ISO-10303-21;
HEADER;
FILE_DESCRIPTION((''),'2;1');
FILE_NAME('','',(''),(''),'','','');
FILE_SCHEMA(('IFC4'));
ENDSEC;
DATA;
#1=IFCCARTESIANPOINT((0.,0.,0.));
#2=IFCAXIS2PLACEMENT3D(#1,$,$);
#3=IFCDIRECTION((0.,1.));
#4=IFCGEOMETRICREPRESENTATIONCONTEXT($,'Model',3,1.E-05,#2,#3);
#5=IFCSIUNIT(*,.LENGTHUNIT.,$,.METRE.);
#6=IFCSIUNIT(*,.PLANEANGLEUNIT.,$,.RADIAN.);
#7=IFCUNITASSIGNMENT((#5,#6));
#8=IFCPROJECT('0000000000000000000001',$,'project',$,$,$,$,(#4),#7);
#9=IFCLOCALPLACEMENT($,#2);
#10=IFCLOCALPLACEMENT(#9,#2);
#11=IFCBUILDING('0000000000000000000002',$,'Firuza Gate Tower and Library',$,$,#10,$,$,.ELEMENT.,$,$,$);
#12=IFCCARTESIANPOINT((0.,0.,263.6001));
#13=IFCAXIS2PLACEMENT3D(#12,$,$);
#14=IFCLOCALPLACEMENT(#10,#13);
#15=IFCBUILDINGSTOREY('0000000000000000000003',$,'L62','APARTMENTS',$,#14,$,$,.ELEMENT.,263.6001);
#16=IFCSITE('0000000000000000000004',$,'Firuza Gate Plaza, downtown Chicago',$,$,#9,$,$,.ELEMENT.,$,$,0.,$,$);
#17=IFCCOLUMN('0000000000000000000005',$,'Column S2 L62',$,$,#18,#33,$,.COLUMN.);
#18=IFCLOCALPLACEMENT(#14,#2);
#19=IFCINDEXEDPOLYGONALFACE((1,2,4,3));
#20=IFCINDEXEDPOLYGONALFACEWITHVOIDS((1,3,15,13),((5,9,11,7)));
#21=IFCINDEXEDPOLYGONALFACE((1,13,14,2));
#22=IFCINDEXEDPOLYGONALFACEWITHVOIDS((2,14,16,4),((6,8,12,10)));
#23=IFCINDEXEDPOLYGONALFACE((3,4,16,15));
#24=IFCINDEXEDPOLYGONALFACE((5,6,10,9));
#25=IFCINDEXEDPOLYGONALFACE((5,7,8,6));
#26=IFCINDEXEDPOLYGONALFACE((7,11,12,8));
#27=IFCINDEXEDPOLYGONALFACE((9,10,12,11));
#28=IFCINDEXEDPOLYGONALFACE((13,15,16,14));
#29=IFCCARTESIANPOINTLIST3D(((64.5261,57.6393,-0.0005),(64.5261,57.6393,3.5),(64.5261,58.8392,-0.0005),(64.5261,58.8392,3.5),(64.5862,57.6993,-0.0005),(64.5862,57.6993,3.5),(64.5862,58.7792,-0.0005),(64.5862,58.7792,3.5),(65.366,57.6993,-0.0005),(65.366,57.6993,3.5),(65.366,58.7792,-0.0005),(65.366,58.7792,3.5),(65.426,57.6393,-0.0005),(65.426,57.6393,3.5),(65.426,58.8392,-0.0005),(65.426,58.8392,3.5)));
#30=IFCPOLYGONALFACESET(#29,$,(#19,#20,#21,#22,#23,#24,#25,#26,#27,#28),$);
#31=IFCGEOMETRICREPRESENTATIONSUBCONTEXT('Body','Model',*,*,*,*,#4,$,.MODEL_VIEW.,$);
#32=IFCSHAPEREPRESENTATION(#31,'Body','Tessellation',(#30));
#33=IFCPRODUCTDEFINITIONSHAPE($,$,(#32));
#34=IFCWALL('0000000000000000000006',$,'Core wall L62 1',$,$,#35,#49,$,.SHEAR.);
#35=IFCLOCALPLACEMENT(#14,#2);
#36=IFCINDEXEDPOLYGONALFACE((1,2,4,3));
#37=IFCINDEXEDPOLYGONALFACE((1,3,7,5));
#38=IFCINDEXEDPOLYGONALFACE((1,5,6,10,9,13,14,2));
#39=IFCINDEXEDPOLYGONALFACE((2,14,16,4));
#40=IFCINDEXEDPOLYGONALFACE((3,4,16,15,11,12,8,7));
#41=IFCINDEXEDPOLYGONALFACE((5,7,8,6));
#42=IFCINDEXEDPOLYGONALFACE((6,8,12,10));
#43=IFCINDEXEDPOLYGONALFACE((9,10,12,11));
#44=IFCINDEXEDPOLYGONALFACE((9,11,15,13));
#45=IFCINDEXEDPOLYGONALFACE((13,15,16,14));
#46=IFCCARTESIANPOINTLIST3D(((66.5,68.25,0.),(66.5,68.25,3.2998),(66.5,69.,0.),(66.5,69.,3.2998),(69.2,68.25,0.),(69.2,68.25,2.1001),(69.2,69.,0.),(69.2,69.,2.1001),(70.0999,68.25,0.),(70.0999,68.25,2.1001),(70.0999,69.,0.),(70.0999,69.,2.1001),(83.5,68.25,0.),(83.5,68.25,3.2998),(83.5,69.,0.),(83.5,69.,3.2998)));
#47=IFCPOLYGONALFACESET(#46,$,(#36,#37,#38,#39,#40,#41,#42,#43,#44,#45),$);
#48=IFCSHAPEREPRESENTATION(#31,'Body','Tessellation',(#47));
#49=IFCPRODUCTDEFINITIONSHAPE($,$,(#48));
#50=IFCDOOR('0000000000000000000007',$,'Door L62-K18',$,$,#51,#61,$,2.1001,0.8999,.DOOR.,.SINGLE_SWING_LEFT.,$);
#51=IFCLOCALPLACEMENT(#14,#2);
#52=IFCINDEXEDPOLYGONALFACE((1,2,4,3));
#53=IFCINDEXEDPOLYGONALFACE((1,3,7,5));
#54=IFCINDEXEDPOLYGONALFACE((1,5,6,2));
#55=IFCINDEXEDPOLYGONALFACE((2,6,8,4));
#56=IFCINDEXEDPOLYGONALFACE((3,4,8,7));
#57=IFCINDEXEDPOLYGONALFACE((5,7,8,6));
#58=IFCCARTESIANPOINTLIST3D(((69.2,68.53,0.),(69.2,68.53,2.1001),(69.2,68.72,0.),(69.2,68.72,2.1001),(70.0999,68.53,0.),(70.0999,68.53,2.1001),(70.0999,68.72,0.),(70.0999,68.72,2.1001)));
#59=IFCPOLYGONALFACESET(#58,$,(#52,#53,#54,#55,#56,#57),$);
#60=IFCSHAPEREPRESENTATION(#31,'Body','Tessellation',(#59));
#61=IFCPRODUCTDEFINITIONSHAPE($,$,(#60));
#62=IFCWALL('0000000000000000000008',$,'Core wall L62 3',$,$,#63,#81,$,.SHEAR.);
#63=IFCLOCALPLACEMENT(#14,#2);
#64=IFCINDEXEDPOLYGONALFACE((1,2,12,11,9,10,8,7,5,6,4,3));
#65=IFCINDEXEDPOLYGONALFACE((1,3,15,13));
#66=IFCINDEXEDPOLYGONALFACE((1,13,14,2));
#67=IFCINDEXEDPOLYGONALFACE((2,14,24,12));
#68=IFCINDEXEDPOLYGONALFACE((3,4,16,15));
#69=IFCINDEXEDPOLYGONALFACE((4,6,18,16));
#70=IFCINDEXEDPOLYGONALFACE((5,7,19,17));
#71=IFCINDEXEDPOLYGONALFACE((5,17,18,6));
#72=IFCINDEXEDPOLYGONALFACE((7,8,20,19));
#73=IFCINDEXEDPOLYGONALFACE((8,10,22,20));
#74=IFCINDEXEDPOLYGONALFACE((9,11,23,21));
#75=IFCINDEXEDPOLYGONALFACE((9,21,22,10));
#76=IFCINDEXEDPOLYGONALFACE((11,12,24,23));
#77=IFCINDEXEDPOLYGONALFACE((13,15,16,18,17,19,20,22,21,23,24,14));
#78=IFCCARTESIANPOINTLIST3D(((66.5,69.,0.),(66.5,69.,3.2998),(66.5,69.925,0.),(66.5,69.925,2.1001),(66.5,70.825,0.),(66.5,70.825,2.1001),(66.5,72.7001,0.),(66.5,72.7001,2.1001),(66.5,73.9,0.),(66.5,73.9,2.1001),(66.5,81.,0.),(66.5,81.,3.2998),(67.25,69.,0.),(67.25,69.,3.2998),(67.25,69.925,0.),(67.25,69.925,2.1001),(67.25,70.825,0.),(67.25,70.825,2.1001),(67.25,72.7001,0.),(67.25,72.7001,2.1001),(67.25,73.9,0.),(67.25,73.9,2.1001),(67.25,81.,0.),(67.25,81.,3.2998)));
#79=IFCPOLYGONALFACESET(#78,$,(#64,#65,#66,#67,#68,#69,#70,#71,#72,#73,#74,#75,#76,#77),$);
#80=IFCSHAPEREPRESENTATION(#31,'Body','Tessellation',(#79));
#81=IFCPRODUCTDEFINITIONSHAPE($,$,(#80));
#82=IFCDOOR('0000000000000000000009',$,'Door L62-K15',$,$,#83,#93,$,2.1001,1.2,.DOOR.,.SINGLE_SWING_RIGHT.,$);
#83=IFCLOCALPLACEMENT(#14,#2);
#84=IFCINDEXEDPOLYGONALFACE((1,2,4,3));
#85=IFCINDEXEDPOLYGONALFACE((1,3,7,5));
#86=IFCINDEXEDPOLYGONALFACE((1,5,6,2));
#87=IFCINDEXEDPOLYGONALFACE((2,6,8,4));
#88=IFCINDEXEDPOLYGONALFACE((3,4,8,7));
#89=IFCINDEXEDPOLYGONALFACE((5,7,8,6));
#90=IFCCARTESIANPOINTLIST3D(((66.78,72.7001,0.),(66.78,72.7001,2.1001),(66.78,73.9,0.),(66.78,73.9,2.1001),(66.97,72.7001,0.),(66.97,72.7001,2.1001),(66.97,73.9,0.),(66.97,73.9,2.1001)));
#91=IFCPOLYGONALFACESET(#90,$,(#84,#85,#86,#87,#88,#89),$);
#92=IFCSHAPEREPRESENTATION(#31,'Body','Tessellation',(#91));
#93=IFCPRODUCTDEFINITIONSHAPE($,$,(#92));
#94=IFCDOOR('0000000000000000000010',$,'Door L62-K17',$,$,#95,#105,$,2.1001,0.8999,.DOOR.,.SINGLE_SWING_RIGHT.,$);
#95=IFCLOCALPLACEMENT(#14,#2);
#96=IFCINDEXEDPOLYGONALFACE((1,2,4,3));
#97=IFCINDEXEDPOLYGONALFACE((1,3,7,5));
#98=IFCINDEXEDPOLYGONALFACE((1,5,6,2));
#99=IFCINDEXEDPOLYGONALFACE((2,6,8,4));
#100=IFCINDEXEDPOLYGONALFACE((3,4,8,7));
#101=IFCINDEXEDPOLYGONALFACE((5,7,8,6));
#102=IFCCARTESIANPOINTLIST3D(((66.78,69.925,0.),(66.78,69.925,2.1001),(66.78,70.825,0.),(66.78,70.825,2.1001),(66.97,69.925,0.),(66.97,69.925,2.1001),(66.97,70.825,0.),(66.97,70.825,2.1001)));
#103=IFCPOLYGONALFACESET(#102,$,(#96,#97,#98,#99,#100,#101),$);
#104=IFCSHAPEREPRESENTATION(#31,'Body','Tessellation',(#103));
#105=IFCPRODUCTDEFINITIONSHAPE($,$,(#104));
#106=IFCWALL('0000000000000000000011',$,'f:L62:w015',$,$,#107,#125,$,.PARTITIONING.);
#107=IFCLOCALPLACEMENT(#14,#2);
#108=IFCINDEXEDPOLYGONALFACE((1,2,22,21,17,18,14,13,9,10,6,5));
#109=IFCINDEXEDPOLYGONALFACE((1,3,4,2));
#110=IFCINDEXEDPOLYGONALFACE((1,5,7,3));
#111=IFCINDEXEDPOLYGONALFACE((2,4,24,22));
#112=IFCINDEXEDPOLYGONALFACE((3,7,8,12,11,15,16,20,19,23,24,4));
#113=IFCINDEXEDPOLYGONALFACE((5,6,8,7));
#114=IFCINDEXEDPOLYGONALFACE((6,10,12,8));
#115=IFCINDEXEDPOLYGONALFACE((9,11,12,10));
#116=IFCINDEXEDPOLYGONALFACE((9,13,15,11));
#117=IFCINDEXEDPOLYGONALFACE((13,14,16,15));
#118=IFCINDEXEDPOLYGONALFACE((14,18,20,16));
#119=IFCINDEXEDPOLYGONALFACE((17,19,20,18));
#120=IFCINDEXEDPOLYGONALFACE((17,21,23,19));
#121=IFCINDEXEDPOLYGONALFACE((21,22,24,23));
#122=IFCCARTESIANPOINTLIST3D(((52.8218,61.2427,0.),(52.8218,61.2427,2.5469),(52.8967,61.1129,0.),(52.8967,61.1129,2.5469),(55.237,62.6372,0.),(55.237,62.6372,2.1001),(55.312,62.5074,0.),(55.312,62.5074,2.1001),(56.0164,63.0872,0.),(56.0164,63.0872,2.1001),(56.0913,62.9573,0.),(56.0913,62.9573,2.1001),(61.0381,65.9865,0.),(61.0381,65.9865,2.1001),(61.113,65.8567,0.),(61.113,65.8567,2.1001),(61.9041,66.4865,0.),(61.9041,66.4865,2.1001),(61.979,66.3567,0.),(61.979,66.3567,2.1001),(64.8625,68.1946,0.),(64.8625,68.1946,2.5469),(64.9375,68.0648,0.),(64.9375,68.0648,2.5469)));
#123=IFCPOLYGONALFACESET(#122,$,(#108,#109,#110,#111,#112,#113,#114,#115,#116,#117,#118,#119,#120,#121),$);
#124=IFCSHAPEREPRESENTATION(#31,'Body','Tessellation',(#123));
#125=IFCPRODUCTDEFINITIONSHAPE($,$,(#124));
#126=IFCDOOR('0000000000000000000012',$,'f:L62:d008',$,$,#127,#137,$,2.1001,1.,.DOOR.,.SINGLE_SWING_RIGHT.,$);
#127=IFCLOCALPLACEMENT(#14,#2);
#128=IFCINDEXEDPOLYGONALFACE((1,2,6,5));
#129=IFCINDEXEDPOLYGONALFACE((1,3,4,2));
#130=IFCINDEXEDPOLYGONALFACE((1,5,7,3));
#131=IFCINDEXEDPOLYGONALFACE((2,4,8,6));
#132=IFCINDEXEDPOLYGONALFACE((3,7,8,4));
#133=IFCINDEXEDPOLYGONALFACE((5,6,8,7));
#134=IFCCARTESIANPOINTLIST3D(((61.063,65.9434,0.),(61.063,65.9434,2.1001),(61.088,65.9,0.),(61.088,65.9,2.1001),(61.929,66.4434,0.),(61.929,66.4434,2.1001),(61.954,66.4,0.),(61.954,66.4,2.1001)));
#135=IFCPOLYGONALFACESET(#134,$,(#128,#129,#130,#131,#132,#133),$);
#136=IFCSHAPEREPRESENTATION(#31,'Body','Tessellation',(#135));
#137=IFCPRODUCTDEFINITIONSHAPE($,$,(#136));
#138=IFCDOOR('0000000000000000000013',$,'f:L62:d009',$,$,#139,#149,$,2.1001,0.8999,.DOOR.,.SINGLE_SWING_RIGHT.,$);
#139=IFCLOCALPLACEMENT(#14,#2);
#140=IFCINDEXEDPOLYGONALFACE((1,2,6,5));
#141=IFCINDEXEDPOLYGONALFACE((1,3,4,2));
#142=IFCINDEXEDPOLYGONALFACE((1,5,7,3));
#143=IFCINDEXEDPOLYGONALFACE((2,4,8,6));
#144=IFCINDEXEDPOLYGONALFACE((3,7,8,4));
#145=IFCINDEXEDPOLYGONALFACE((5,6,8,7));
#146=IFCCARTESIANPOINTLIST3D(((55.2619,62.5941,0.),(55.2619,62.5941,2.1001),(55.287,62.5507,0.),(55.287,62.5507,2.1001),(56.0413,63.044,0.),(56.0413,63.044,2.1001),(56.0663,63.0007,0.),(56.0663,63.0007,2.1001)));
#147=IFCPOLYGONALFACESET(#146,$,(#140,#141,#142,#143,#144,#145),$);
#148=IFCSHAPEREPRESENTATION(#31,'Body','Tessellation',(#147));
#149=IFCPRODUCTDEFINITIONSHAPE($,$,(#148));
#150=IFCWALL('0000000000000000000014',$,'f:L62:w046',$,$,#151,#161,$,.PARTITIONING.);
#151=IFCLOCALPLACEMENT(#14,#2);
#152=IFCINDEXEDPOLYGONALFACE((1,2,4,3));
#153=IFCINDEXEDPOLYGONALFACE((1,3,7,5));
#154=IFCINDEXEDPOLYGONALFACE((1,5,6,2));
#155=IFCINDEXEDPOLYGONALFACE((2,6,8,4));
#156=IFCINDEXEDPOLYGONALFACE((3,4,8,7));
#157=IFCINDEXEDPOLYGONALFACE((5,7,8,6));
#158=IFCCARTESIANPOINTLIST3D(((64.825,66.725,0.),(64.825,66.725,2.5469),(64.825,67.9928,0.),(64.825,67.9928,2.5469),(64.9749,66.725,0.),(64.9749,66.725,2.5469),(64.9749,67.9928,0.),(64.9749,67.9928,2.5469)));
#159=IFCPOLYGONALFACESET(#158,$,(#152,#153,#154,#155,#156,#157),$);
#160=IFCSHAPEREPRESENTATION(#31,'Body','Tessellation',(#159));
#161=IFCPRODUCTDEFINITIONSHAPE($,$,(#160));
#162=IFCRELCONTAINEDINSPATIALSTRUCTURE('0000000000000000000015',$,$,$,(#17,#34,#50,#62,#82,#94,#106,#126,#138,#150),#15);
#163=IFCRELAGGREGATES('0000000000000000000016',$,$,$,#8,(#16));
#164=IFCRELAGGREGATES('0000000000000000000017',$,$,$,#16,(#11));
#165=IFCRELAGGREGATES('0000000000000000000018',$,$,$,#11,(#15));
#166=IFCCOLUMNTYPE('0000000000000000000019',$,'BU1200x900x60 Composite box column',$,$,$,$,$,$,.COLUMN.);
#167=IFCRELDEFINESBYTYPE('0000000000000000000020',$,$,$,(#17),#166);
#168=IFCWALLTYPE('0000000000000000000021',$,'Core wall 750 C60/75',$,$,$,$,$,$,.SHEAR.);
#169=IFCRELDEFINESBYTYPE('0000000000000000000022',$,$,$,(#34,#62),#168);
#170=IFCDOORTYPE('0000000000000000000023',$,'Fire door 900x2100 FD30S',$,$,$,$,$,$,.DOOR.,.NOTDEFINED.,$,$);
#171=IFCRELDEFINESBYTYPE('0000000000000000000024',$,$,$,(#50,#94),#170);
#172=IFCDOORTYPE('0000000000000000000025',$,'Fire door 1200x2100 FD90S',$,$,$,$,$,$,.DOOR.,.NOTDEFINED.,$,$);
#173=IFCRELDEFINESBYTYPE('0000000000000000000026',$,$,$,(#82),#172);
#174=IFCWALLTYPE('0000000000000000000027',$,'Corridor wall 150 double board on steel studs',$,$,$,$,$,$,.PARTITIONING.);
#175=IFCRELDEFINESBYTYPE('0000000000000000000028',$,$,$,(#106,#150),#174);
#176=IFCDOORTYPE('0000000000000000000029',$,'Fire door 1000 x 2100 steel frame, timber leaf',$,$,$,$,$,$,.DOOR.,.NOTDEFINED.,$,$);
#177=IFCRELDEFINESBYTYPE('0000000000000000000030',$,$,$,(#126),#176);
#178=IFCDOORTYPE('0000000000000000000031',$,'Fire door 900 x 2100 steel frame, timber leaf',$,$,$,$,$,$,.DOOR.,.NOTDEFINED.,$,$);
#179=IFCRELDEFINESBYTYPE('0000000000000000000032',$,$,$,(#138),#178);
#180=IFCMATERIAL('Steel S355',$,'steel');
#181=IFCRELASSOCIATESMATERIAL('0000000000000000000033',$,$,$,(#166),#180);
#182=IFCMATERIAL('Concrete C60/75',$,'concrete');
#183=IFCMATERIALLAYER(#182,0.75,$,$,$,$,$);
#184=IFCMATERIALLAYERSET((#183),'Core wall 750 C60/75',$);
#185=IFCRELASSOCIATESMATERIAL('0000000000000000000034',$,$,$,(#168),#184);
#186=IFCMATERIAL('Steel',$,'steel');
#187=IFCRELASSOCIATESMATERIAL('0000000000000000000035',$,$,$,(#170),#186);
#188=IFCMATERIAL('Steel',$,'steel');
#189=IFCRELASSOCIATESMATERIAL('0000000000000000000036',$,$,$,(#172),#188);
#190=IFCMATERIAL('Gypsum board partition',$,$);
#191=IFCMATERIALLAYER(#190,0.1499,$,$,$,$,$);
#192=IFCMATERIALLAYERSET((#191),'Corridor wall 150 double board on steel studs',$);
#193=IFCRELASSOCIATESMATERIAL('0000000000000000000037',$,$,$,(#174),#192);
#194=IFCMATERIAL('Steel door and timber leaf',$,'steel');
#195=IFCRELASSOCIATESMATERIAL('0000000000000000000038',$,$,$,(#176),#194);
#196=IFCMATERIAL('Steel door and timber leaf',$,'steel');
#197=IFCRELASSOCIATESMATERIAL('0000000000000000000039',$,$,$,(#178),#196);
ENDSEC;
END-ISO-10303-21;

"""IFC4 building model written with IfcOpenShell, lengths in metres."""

from ifc_helpers import new_model, si_unit, direction, frame, frame_2d, origin, origin_2d, place, context, subcontext, project, spatial, rectangle, hollow_rectangle, extrude, material, layer, layer_set, material_profile, profile_set, type_object, element, fill, save


model = new_model("IFC4")

# Units and contexts
model_context = context("Model", 3, precision=1e-05, world=origin(), true_north=direction((0.0, 1.0)))
body_context = subcontext(model_context, "Body", "Model", "MODEL_VIEW")
ifc_project = project(units=[si_unit("LENGTHUNIT", "METRE"), si_unit("PLANEANGLEUNIT", "RADIAN")], contexts=[model_context])

# Site, building, storey
site_placement = place(None, origin())
site = spatial("IfcSite", under=ifc_project, at=site_placement, Name="Firuza Gate Plaza, downtown Chicago", CompositionType="ELEMENT", RefElevation=0.0)
building_placement = place(site_placement, origin())
building = spatial("IfcBuilding", under=site, at=building_placement, Name="Firuza Gate Tower and Library", CompositionType="ELEMENT")
storey_placement = place(building_placement, frame((0.0, 0.0, 263.6001)))
storey = spatial("IfcBuildingStorey", under=building, at=storey_placement, Name="L62", Description="APARTMENTS", CompositionType="ELEMENT", Elevation=263.6001)

# Column
ifc_material_1 = material(Name="Steel S355", Category="steel")
ifc_material_profile = material_profile(ifc_material_1, hollow_rectangle(XDim=0.8999, YDim=1.2, WallThickness=0.0601, at=origin_2d()))
ifc_profile_set = profile_set([ifc_material_profile], Name="Steel S355")
column_type = type_object("IfcColumnType", Name="BU1200x900x60 Composite box column", PredefinedType="COLUMN", material=ifc_profile_set)
column_placement = place(storey_placement, frame((64.9761, 58.2393, -0.0005), z_axis=(0.0, 0.0, 1.0), x_axis=(1.0, 0.0, 0.0)))
element("IfcColumn", 1, at=column_placement, inside=storey, type_object=column_type, Name="Column S2 L62", PredefinedType="COLUMN", context=body_context, shape_type="SweptSolid", body=[
    extrude(hollow_rectangle(XDim=0.8999, YDim=1.2, WallThickness=0.0601, at=origin_2d()), origin(), (0.0, 0.0, 1.0), 3.5005),
])

# Wall, opening, door
ifc_material_2 = material(Name="Concrete C60/75", Category="concrete")
ifc_layer_1 = layer(ifc_material_2, 0.75)
ifc_layer_set_1 = layer_set([ifc_layer_1], Name="Core wall 750 C60/75")
wall_type_1 = type_object("IfcWallType", Name="Core wall 750 C60/75", PredefinedType="SHEAR", material=ifc_layer_set_1)
wall_1_placement = place(storey_placement, frame((66.5, 68.625, 0.0), z_axis=(0.0, 0.0, 1.0), x_axis=(1.0, 0.0, 0.0)))
wall_1 = element("IfcWall", 2, at=wall_1_placement, inside=storey, type_object=wall_type_1, Name="Core wall L62 1", PredefinedType="SHEAR", context=body_context, shape_type="SweptSolid", body=[
    extrude(rectangle(XDim=17.0, YDim=0.75, at=frame_2d((8.5, 0.0))), origin(), (0.0, 0.0, 1.0), 3.2998),
])
opening_1_placement = place(wall_1_placement, frame((2.7, 0.0, 0.0)))
opening_1 = element("IfcOpeningElement", 3, at=opening_1_placement, cuts=wall_1, PredefinedType="OPENING", context=body_context, shape_type="SweptSolid", body=[
    extrude(rectangle(XDim=0.8999, YDim=2.1001, at=frame_2d((0.45, 1.05))), frame((0.0, 0.385, 0.0), z_axis=(0.0, -1.0, 0.0), x_axis=(1.0, 0.0, 0.0)), (0.0, 0.0, 1.0), 0.77),
])
ifc_material_3 = material(Name="Steel", Category="steel")
door_type_1 = type_object("IfcDoorType", Name="Fire door 900x2100 FD30S", OperationType="NOTDEFINED", PredefinedType="DOOR", material=ifc_material_3)
door_1_placement = place(opening_1_placement, origin())
door_1 = element("IfcDoor", 4, at=door_1_placement, inside=storey, type_object=door_type_1, Name="Door L62-K18", OperationType="SINGLE_SWING_LEFT", OverallHeight=2.1001, OverallWidth=0.8999, PredefinedType="DOOR", context=body_context, shape_type="SweptSolid", body=[
    extrude(rectangle(XDim=0.8999, YDim=2.1001, at=frame_2d((0.45, 1.05))), frame((0.0, 0.095, 0.0), z_axis=(0.0, -1.0, 0.0), x_axis=(1.0, 0.0, 0.0)), (0.0, 0.0, 1.0), 0.1899),
])
fill(opening_1, door_1)

# Walls, openings, doors
wall_2_placement = place(storey_placement, frame((66.875, 69.0, 0.0), z_axis=(0.0, 0.0, 1.0), x_axis=(0.0, 1.0, 0.0)))
wall_2 = element("IfcWall", 5, at=wall_2_placement, inside=storey, type_object=wall_type_1, Name="Core wall L62 3", PredefinedType="SHEAR", context=body_context, shape_type="SweptSolid", body=[
    extrude(rectangle(XDim=12.0, YDim=0.75, at=frame_2d((6.0, 0.0))), origin(), (0.0, 0.0, 1.0), 3.2998),
])
opening_2_placement = place(wall_2_placement, frame((3.7, 0.0, 0.0)))
opening_2 = element("IfcOpeningElement", 6, at=opening_2_placement, cuts=wall_2, PredefinedType="OPENING", context=body_context, shape_type="SweptSolid", body=[
    extrude(rectangle(XDim=1.2, YDim=2.1001, at=frame_2d((0.6001, 1.05))), frame((0.0, 0.385, 0.0), z_axis=(0.0, -1.0, 0.0), x_axis=(1.0, 0.0, 0.0)), (0.0, 0.0, 1.0), 0.77),
])
opening_3_placement = place(wall_2_placement, frame((0.925, 0.0, 0.0)))
opening_3 = element("IfcOpeningElement", 7, at=opening_3_placement, cuts=wall_2, PredefinedType="OPENING", context=body_context, shape_type="SweptSolid", body=[
    extrude(rectangle(XDim=0.8999, YDim=2.1001, at=frame_2d((0.45, 1.05))), frame((0.0, 0.385, 0.0), z_axis=(0.0, -1.0, 0.0), x_axis=(1.0, 0.0, 0.0)), (0.0, 0.0, 1.0), 0.77),
])
ifc_material_4 = material(Name="Steel", Category="steel")
door_type_2 = type_object("IfcDoorType", Name="Fire door 1200x2100 FD90S", OperationType="NOTDEFINED", PredefinedType="DOOR", material=ifc_material_4)
door_2_placement = place(opening_2_placement, origin())
door_2 = element("IfcDoor", 8, at=door_2_placement, inside=storey, type_object=door_type_2, Name="Door L62-K15", OperationType="SINGLE_SWING_RIGHT", OverallHeight=2.1001, OverallWidth=1.2, PredefinedType="DOOR", context=body_context, shape_type="SweptSolid", body=[
    extrude(rectangle(XDim=1.2, YDim=2.1001, at=frame_2d((0.6001, 1.05))), frame((0.0, 0.095, 0.0), z_axis=(0.0, -1.0, 0.0), x_axis=(1.0, 0.0, 0.0)), (0.0, 0.0, 1.0), 0.1899),
])
fill(opening_2, door_2)
door_3_placement = place(opening_3_placement, origin())
door_3 = element("IfcDoor", 9, at=door_3_placement, inside=storey, type_object=door_type_1, Name="Door L62-K17", OperationType="SINGLE_SWING_RIGHT", OverallHeight=2.1001, OverallWidth=0.8999, PredefinedType="DOOR", context=body_context, shape_type="SweptSolid", body=[
    extrude(rectangle(XDim=0.8999, YDim=2.1001, at=frame_2d((0.45, 1.05))), frame((0.0, 0.095, 0.0), z_axis=(0.0, -1.0, 0.0), x_axis=(1.0, 0.0, 0.0)), (0.0, 0.0, 1.0), 0.1899),
])
fill(opening_3, door_3)
ifc_material_5 = material(Name="Gypsum board partition")
ifc_layer_2 = layer(ifc_material_5, 0.1499)
ifc_layer_set_2 = layer_set([ifc_layer_2], Name="Corridor wall 150 double board on steel studs")
wall_type_2 = type_object("IfcWallType", Name="Corridor wall 150 double board on steel studs", PredefinedType="PARTITIONING", material=ifc_layer_set_2)
wall_3_placement = place(storey_placement, frame((64.8999, 68.1296, 0.0), z_axis=(0.0, 0.0, 1.0), x_axis=(-0.86602, -0.500009, 0.0)))
wall_3 = element("IfcWall", 10, at=wall_3_placement, inside=storey, type_object=wall_type_2, Name="f:L62:w015", PredefinedType="PARTITIONING", context=body_context, shape_type="SweptSolid", body=[
    extrude(rectangle(XDim=13.9036, YDim=0.1499, at=frame_2d((6.9517, 0.0))), origin(), (0.0, 0.0, 1.0), 2.5469),
])
opening_4_placement = place(wall_3_placement, frame((3.416, 0.0, 0.0)))
opening_4 = element("IfcOpeningElement", 11, at=opening_4_placement, cuts=wall_3, PredefinedType="OPENING", context=body_context, shape_type="SweptSolid", body=[
    extrude(rectangle(XDim=1.0, YDim=2.1001, at=frame_2d((0.5, 1.05))), frame((0.0, 0.085, 0.0), z_axis=(0.0, -1.0, 0.0), x_axis=(1.0, 0.0, 0.0)), (0.0, 0.0, 1.0), 0.1699),
])
opening_5_placement = place(wall_3_placement, frame((10.2146, 0.0, 0.0)))
opening_5 = element("IfcOpeningElement", 12, at=opening_5_placement, cuts=wall_3, PredefinedType="OPENING", context=body_context, shape_type="SweptSolid", body=[
    extrude(rectangle(XDim=0.8999, YDim=2.1001, at=frame_2d((0.45, 1.05))), frame((0.0, 0.085, 0.0), z_axis=(0.0, -1.0, 0.0), x_axis=(1.0, 0.0, 0.0)), (0.0, 0.0, 1.0), 0.1699),
])
ifc_material_6 = material(Name="Steel door and timber leaf", Category="steel")
door_type_3 = type_object("IfcDoorType", Name="Fire door 1000 x 2100 steel frame, timber leaf", OperationType="NOTDEFINED", PredefinedType="DOOR", material=ifc_material_6)
door_4_placement = place(opening_4_placement, origin())
door_4 = element("IfcDoor", 13, at=door_4_placement, inside=storey, type_object=door_type_3, Name="f:L62:d008", OperationType="SINGLE_SWING_RIGHT", OverallHeight=2.1001, OverallWidth=1.0, PredefinedType="DOOR", context=body_context, shape_type="SweptSolid", body=[
    extrude(rectangle(XDim=1.0, YDim=2.1001, at=frame_2d((0.5, 1.05))), frame((0.0, 0.0249, 0.0), z_axis=(0.0, -1.0, 0.0), x_axis=(1.0, 0.0, 0.0)), (0.0, 0.0, 1.0), 0.05),
])
fill(opening_4, door_4)
ifc_material_7 = material(Name="Steel door and timber leaf", Category="steel")
door_type_4 = type_object("IfcDoorType", Name="Fire door 900 x 2100 steel frame, timber leaf", OperationType="NOTDEFINED", PredefinedType="DOOR", material=ifc_material_7)
door_5_placement = place(opening_5_placement, origin())
door_5 = element("IfcDoor", 14, at=door_5_placement, inside=storey, type_object=door_type_4, Name="f:L62:d009", OperationType="SINGLE_SWING_RIGHT", OverallHeight=2.1001, OverallWidth=0.8999, PredefinedType="DOOR", context=body_context, shape_type="SweptSolid", body=[
    extrude(rectangle(XDim=0.8999, YDim=2.1001, at=frame_2d((0.45, 1.05))), frame((0.0, 0.0249, 0.0), z_axis=(0.0, -1.0, 0.0), x_axis=(1.0, 0.0, 0.0)), (0.0, 0.0, 1.0), 0.05),
])
fill(opening_5, door_5)

# Wall
wall_4_placement = place(storey_placement, frame((64.8999, 66.7251, 0.0), z_axis=(0.0, 0.0, 1.0), x_axis=(0.0, 1.0, 0.0)))
element("IfcWall", 15, at=wall_4_placement, inside=storey, type_object=wall_type_2, Name="f:L62:w046", PredefinedType="PARTITIONING", context=body_context, shape_type="SweptSolid", body=[
    extrude(rectangle(XDim=1.2678, YDim=0.1499, at=frame_2d((0.6338, 0.0))), origin(), (0.0, 0.0, 1.0), 2.5469),
])

save(model, "model.ifc")
